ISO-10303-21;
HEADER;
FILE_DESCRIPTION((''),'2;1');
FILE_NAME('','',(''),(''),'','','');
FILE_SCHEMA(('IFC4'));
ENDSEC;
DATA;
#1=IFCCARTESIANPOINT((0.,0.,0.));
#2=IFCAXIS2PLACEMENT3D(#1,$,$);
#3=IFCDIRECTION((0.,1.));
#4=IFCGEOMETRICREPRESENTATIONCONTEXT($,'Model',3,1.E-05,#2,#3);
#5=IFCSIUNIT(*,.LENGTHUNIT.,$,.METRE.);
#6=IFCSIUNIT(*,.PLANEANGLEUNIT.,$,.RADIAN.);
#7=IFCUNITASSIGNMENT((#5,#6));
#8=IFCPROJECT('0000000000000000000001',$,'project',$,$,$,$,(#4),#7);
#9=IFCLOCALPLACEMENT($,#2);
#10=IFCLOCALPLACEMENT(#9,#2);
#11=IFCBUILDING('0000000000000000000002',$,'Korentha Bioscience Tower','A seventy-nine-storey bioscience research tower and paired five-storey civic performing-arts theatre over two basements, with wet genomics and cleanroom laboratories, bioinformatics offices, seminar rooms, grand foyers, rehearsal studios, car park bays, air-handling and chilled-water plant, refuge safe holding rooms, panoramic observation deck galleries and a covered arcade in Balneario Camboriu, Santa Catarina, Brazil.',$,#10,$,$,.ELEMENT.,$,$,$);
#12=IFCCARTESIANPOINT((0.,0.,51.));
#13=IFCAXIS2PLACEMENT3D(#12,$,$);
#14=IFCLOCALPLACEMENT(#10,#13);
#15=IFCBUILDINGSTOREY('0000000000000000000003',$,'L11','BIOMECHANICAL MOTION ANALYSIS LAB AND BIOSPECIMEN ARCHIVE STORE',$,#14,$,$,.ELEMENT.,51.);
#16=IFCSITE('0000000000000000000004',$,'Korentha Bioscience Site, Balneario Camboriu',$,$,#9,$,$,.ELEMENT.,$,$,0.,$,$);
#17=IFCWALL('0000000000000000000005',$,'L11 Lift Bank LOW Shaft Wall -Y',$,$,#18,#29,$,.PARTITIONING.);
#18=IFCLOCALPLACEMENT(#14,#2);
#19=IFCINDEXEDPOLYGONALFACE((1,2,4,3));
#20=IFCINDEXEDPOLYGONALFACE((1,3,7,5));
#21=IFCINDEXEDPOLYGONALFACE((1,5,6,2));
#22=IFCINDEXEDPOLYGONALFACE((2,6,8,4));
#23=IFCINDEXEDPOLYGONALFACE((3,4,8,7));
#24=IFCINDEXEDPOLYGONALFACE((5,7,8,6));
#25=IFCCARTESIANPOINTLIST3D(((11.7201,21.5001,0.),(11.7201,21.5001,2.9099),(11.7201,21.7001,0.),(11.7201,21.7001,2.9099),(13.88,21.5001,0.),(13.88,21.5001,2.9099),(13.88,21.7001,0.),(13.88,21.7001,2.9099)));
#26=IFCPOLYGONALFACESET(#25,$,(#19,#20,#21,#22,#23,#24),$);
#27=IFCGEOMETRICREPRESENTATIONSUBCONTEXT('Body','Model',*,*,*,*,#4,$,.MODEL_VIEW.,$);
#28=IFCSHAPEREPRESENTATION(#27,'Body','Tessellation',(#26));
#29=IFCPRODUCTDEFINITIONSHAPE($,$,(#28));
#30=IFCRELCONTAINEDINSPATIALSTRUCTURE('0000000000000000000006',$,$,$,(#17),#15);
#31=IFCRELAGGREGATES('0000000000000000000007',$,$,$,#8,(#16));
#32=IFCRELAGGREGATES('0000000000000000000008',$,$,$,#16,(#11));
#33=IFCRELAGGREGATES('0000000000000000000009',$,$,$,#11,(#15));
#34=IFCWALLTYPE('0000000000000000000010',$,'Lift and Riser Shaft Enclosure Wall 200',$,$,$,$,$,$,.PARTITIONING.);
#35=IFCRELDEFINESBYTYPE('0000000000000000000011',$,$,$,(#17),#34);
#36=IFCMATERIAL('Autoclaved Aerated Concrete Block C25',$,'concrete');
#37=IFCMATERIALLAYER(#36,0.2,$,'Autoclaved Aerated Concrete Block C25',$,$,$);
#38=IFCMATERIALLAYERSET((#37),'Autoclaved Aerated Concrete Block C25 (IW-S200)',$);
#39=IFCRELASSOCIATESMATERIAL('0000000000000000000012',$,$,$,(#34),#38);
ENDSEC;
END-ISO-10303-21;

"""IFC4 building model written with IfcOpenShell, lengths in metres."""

from ifc_helpers import new_model, si_unit, direction, frame, frame_2d, origin, place, context, subcontext, project, spatial, rectangle, extrude, material, layer, layer_set, type_object, element, save


model = new_model("IFC4")

# Units and contexts
model_context = context("Model", 3, precision=1e-05, world=origin(), true_north=direction((0.0, 1.0)))
body_context = subcontext(model_context, "Body", "Model", "MODEL_VIEW")
ifc_project = project(units=[si_unit("LENGTHUNIT", "METRE"), si_unit("PLANEANGLEUNIT", "RADIAN")], contexts=[model_context])

# Site, building, storey
site_placement = place(None, origin())
site = spatial("IfcSite", under=ifc_project, at=site_placement, Name="Korentha Bioscience Site, Balneario Camboriu", CompositionType="ELEMENT", RefElevation=0.0)
building_placement = place(site_placement, origin())
building = spatial("IfcBuilding", under=site, at=building_placement, Name="Korentha Bioscience Tower", Description="A seventy-nine-storey bioscience research tower and paired five-storey civic performing-arts theatre over two basements, with wet genomics and cleanroom laboratories, bioinformatics offices, seminar rooms, grand foyers, rehearsal studios, car park bays, air-handling and chilled-water plant, refuge safe holding rooms, panoramic observation deck galleries and a covered arcade in Balneario Camboriu, Santa Catarina, Brazil.", CompositionType="ELEMENT")
storey_placement = place(building_placement, frame((0.0, 0.0, 51.0)))
storey = spatial("IfcBuildingStorey", under=building, at=storey_placement, Name="L11", Description="BIOMECHANICAL MOTION ANALYSIS LAB AND BIOSPECIMEN ARCHIVE STORE", CompositionType="ELEMENT", Elevation=51.0)

# Shared definitions
ifc_material_1 = material(Name="Autoclaved Aerated Concrete Block C25", Category="concrete")
ifc_layer_1 = layer(ifc_material_1, 0.2, Name="Autoclaved Aerated Concrete Block C25")
ifc_layer_set_1 = layer_set([ifc_layer_1], Name="Autoclaved Aerated Concrete Block C25 (IW-S200)")
wall_type_1 = type_object("IfcWallType", Name="Lift and Riser Shaft Enclosure Wall 200", PredefinedType="PARTITIONING", material=ifc_layer_set_1)

# Wall
wall_1_placement = place(storey_placement, frame((11.72, 21.6001, 0.0), z_axis=(0.0, 0.0, 1.0), x_axis=(1.0, 0.0, 0.0)))
element("IfcWall", 1, at=wall_1_placement, inside=storey, type_object=wall_type_1, Name="L11 Lift Bank LOW Shaft Wall -Y", PredefinedType="PARTITIONING", context=body_context, shape_type="SweptSolid", body=[
    extrude(rectangle(XDim=2.1599, YDim=0.2, at=frame_2d((1.0801, 0.0))), origin(), (0.0, 0.0, 1.0), 2.9099),
])

save(model, "model.ifc")
